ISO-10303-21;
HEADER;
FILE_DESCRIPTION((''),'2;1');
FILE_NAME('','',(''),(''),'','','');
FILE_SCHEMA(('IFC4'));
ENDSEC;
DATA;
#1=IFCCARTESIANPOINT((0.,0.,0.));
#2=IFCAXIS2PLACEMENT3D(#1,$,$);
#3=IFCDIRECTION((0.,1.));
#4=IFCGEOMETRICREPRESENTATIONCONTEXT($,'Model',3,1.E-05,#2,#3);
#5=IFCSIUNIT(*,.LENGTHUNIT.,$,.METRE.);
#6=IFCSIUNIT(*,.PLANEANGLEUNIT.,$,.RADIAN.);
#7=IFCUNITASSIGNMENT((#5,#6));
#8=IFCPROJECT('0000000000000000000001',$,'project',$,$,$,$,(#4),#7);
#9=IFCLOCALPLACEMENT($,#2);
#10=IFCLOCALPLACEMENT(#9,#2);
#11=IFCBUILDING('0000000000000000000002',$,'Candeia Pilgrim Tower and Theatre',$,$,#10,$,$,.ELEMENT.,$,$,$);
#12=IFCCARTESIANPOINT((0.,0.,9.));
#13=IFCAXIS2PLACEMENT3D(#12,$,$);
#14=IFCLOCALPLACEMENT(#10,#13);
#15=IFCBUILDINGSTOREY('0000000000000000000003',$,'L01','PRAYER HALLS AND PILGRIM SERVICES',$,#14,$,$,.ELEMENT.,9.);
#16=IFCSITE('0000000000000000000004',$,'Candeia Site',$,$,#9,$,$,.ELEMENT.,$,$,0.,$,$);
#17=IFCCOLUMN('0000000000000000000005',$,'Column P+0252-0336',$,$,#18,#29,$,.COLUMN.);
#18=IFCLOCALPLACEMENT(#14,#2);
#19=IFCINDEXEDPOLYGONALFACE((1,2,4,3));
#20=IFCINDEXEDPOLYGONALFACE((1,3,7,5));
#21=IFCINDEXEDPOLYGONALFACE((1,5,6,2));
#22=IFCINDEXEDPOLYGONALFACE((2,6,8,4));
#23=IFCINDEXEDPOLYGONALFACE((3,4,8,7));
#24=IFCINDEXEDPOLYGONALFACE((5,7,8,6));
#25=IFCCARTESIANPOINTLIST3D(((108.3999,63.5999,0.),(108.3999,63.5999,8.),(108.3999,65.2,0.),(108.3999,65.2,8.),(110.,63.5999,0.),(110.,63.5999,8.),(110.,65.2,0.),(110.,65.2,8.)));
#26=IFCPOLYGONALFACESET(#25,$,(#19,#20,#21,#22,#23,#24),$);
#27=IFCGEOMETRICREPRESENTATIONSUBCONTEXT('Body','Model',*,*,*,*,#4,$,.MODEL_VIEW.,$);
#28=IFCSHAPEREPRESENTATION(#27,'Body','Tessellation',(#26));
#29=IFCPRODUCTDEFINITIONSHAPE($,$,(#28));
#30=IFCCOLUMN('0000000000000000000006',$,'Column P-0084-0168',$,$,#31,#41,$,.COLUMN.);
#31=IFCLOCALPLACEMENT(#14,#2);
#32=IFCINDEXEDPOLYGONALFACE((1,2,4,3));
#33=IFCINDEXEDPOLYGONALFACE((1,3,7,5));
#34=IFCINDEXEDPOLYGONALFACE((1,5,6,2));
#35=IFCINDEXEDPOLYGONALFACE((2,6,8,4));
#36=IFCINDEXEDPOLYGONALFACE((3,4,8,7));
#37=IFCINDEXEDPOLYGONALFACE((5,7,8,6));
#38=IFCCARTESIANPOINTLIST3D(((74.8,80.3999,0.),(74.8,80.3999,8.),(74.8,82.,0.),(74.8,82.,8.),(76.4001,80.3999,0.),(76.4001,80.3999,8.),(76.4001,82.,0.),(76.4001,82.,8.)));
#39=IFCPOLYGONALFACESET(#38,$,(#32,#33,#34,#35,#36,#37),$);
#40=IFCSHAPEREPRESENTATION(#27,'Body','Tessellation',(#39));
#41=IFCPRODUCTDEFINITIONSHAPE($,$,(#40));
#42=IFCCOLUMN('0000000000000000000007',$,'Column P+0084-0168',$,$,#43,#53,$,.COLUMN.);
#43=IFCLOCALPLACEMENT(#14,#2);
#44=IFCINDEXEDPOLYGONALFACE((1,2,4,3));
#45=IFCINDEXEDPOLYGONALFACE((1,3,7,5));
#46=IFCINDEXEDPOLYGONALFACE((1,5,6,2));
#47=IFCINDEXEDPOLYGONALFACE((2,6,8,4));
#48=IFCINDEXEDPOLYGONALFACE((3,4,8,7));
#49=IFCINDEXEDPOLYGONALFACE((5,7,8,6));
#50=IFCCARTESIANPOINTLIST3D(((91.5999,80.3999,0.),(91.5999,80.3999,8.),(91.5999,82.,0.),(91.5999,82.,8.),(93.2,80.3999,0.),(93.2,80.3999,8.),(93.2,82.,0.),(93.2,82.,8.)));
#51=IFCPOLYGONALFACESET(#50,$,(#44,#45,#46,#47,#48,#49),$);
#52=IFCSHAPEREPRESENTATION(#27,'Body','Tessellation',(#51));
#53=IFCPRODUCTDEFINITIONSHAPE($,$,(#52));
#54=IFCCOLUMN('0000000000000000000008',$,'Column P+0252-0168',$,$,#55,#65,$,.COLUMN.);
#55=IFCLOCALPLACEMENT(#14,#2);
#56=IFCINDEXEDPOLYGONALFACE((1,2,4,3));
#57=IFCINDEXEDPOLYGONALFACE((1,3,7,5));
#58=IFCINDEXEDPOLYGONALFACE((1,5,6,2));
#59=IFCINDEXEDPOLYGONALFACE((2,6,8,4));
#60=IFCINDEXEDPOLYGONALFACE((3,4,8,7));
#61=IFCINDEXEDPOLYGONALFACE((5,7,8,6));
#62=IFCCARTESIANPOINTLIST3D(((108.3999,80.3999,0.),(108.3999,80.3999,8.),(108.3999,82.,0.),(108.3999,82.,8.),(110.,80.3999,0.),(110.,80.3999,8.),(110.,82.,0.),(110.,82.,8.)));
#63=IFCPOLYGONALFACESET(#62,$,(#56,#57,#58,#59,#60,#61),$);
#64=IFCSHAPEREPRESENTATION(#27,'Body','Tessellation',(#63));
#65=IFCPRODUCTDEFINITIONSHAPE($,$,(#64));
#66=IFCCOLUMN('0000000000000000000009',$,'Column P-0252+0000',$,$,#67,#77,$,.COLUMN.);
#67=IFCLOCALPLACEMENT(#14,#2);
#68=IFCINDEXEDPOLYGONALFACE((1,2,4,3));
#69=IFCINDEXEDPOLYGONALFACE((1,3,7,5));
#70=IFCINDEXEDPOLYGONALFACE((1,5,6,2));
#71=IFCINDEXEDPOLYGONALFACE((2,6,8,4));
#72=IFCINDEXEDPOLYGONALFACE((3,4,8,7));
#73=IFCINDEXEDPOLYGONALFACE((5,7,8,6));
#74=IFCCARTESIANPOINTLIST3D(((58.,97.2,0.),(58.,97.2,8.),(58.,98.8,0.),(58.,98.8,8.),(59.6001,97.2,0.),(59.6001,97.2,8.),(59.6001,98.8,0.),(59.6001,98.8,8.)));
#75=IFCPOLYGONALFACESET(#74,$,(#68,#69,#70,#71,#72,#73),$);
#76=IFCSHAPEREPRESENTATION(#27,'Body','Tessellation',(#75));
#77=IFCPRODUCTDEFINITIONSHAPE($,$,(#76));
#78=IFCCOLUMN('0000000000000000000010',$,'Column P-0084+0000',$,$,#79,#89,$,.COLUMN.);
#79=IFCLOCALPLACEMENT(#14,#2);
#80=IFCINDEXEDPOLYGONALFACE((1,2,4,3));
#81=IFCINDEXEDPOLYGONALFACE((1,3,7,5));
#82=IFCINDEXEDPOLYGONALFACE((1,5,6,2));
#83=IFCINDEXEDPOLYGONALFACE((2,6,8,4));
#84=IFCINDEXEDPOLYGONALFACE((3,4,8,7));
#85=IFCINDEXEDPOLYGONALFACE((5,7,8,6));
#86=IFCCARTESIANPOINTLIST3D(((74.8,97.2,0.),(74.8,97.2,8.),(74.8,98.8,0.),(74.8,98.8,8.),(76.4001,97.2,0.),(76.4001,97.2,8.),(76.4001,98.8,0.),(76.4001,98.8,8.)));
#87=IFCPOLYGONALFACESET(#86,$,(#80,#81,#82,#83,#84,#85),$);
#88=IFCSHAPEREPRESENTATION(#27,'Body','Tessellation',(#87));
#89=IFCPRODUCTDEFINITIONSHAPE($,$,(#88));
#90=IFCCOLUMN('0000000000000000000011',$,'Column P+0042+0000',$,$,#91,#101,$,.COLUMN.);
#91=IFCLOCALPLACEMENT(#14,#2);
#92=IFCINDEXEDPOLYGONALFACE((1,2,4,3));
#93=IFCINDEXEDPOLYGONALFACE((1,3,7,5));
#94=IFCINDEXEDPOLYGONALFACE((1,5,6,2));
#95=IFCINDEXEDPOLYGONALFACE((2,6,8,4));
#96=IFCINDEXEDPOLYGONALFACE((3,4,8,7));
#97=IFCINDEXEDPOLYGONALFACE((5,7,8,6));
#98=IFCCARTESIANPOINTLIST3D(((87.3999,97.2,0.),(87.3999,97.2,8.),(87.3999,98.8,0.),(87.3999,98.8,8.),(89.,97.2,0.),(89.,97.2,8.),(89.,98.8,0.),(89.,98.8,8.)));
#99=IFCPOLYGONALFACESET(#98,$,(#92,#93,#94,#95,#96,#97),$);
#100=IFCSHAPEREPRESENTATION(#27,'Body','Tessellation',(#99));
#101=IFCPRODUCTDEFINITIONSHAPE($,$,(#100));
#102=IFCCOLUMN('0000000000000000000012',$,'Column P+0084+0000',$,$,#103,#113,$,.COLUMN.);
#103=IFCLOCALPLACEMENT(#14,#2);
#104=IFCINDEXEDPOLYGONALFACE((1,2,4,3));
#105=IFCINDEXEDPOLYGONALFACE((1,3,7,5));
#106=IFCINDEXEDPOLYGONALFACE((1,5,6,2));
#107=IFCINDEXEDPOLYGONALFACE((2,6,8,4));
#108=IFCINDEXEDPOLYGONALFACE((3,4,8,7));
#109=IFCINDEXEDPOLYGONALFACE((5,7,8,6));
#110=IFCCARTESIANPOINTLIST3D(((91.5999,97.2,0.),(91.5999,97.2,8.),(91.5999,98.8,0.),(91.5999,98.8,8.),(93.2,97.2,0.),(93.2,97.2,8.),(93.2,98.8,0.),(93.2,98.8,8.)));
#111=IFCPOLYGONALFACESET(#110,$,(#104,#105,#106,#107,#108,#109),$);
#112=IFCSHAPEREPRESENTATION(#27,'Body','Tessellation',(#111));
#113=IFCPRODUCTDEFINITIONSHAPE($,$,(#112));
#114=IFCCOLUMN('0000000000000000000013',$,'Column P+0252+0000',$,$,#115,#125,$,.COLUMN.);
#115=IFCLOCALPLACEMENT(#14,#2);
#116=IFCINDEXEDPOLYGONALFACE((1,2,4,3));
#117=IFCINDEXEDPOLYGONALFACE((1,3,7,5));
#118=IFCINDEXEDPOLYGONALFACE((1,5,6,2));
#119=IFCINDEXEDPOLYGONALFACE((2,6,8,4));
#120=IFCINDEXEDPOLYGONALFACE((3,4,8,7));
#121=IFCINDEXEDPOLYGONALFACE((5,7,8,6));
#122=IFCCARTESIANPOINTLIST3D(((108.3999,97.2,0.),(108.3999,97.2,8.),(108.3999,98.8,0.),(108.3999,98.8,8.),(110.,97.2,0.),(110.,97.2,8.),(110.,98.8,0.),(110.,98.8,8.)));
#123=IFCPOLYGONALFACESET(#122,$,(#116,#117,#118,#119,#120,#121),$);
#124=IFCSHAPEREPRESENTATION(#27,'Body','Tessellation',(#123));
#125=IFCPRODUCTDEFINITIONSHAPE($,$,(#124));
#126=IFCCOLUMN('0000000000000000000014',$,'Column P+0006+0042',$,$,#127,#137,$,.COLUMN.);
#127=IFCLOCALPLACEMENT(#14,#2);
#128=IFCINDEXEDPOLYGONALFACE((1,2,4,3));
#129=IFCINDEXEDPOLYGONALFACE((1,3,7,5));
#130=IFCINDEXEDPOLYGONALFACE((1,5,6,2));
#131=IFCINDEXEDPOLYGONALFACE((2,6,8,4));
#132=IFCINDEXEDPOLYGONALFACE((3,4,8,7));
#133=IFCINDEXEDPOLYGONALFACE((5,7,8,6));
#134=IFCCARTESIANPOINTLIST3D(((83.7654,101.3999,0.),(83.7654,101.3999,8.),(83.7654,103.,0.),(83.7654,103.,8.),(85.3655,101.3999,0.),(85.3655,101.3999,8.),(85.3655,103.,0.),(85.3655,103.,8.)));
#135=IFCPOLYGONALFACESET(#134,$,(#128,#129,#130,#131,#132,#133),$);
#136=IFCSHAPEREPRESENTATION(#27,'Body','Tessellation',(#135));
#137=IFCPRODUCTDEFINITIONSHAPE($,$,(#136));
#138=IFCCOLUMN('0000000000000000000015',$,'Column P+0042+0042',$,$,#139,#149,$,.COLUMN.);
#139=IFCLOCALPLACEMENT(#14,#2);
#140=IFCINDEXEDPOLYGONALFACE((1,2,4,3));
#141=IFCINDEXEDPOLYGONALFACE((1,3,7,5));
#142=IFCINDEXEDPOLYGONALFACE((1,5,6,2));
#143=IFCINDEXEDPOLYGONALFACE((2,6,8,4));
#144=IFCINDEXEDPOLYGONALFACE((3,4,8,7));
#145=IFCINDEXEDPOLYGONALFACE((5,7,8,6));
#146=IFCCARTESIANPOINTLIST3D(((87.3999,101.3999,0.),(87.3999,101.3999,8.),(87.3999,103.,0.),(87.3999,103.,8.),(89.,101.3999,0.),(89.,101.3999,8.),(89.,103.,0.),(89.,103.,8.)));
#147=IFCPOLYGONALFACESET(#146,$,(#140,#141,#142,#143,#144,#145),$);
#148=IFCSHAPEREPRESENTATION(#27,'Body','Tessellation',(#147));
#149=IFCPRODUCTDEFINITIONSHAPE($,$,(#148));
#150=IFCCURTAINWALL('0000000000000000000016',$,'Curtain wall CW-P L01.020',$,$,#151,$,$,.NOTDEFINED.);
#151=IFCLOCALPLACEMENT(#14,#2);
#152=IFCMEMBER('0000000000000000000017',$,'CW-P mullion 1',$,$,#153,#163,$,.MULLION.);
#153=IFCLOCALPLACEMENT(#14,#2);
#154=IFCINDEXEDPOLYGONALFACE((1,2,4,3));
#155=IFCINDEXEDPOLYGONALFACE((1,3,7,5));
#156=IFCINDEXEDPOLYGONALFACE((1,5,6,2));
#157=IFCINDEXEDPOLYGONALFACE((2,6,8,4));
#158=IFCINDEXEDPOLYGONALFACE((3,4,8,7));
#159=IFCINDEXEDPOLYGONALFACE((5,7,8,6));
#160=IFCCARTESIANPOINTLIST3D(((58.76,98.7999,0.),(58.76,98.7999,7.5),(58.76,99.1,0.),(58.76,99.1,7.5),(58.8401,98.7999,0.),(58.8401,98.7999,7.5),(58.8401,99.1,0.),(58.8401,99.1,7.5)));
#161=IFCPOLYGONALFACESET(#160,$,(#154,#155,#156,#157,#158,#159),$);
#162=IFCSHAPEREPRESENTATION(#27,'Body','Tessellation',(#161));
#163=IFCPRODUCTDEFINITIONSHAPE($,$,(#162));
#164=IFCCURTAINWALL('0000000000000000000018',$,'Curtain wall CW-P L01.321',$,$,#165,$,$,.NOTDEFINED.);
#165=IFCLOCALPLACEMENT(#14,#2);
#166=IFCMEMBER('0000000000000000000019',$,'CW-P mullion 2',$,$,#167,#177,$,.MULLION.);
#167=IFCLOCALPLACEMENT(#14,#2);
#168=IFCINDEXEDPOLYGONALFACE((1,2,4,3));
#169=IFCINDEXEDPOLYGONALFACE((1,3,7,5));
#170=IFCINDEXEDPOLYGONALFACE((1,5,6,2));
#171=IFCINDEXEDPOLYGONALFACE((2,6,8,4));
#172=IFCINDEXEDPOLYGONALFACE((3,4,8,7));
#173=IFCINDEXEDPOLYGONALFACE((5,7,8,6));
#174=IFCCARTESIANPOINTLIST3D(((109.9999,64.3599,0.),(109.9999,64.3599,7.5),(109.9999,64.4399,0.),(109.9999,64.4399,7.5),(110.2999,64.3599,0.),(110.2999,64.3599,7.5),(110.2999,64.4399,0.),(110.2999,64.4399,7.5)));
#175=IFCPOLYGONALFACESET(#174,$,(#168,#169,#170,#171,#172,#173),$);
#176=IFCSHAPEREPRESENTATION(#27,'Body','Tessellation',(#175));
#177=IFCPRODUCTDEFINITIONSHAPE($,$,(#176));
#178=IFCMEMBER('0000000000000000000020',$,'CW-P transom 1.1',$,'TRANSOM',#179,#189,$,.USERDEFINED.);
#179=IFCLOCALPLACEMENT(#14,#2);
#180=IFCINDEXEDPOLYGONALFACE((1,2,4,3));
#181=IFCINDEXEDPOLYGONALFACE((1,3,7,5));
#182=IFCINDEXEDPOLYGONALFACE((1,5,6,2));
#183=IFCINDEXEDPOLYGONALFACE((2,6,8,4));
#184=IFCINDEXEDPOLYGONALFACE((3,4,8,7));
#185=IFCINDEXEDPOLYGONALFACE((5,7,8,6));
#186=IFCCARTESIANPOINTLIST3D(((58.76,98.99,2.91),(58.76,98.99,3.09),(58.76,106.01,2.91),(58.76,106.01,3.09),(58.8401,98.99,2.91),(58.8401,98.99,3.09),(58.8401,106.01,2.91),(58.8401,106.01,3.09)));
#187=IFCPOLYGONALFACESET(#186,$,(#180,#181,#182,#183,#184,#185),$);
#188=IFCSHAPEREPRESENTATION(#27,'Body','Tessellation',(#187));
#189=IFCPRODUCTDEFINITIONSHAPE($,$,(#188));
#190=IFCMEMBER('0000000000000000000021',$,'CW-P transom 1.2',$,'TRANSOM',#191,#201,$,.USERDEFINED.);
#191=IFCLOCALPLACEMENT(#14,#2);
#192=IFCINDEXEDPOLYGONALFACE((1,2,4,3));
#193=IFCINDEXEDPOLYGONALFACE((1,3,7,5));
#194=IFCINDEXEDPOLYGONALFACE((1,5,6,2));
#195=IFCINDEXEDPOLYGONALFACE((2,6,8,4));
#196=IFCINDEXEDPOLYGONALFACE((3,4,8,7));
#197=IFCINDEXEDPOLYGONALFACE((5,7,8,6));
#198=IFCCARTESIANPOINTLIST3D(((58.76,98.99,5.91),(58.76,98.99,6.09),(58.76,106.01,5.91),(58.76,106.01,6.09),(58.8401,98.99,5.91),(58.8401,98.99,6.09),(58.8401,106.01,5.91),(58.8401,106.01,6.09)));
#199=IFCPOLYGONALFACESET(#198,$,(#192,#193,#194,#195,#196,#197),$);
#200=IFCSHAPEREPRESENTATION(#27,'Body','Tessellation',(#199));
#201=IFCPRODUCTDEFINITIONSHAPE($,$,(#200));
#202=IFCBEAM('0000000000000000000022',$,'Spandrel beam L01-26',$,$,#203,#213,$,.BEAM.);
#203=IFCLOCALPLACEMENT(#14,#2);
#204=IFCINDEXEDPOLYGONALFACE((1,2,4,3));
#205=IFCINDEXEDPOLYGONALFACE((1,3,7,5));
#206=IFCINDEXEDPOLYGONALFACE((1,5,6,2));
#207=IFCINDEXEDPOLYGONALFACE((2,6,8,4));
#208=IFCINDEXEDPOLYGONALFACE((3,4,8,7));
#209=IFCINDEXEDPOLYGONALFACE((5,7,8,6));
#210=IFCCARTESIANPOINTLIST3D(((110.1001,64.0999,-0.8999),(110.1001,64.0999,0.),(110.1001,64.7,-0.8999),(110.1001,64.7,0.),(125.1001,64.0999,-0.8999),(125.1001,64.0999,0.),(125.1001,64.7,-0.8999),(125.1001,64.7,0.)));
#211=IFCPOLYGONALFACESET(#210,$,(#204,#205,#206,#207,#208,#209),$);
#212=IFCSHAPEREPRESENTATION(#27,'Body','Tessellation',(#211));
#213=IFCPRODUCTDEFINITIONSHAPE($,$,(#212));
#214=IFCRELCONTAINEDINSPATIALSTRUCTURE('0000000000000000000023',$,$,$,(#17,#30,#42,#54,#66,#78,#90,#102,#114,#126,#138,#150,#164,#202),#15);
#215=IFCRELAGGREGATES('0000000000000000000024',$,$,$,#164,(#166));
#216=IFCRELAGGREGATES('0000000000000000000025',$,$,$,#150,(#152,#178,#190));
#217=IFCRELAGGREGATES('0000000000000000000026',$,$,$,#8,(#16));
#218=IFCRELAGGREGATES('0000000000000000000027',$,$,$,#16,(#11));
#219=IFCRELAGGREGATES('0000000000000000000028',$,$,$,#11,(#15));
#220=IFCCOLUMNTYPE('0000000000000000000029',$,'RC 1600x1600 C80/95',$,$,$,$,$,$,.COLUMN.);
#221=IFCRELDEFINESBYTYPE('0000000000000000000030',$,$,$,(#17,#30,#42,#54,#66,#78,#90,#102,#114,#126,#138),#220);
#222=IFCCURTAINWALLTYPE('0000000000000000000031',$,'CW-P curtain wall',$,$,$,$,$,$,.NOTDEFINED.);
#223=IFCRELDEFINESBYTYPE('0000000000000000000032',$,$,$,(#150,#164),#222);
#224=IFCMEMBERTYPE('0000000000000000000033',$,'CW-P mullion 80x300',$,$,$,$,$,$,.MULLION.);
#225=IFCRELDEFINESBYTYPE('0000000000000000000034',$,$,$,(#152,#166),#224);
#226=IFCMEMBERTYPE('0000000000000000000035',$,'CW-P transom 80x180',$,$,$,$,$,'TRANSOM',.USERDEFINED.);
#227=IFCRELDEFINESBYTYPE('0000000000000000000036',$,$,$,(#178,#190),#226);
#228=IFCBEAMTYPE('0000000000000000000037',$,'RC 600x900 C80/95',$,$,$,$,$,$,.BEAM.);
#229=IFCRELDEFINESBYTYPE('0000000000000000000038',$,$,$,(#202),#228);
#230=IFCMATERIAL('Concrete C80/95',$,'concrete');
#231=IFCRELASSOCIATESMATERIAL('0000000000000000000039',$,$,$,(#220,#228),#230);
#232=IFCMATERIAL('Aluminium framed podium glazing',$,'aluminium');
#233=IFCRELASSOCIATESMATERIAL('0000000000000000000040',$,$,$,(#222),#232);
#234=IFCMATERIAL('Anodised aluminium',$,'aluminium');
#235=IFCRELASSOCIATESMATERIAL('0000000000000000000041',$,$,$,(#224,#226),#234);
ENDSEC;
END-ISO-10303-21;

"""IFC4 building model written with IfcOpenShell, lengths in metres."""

from ifc_helpers import new_model, si_unit, direction, frame, origin, origin_2d, place, context, subcontext, project, spatial, rectangle, extrude, material, material_profile, profile_set, type_object, element, aggregate, save


model = new_model("IFC4")

# Units and contexts
model_context = context("Model", 3, precision=1e-05, world=origin(), true_north=direction((0.0, 1.0)))
body_context = subcontext(model_context, "Body", "Model", "MODEL_VIEW")
ifc_project = project(units=[si_unit("LENGTHUNIT", "METRE"), si_unit("PLANEANGLEUNIT", "RADIAN")], contexts=[model_context])

# Site, building, storey
site_placement = place(None, origin())
site = spatial("IfcSite", under=ifc_project, at=site_placement, Name="Candeia Site", CompositionType="ELEMENT", RefElevation=0.0)
building_placement = place(site_placement, origin())
building = spatial("IfcBuilding", under=site, at=building_placement, Name="Candeia Pilgrim Tower and Theatre", CompositionType="ELEMENT")
storey_placement = place(building_placement, frame((0.0, 0.0, 9.0)))
storey = spatial("IfcBuildingStorey", under=building, at=storey_placement, Name="L01", Description="PRAYER HALLS AND PILGRIM SERVICES", CompositionType="ELEMENT", Elevation=9.0)

# Columns
ifc_material_1 = material(Name="Concrete C80/95", Category="concrete")
ifc_material_profile_1 = material_profile(ifc_material_1, rectangle(XDim=1.6001, YDim=1.6001, at=origin_2d()))
ifc_profile_set_1 = profile_set([ifc_material_profile_1], Name="Concrete C80/95")
column_type = type_object("IfcColumnType", Name="RC 1600x1600 C80/95", PredefinedType="COLUMN", material=ifc_profile_set_1)
for number, where, z_axis, x_axis, name in (
    (1, (109.2, 64.3999, 0.0), (0.0, 0.0, 1.0), (1.0, 0.0, 0.0), "Column P+0252-0336"),
    (2, (75.6001, 81.2, 0.0), (0.0, 0.0, 1.0), (1.0, 0.0, 0.0), "Column P-0084-0168"),
    (3, (92.3999, 81.2, 0.0), (0.0, 0.0, 1.0), (1.0, 0.0, 0.0), "Column P+0084-0168"),
    (4, (109.2, 81.2, 0.0), (0.0, 0.0, 1.0), (1.0, 0.0, 0.0), "Column P+0252-0168"),
    (5, (58.8, 98.0, 0.0), (0.0, 0.0, 1.0), (1.0, 0.0, 0.0), "Column P-0252+0000"),
    (6, (75.6001, 98.0, 0.0), (0.0, 0.0, 1.0), (1.0, 0.0, 0.0), "Column P-0084+0000"),
    (7, (88.2, 98.0, 0.0), (0.0, 0.0, 1.0), (1.0, 0.0, 0.0), "Column P+0042+0000"),
    (8, (92.3999, 98.0, 0.0), (0.0, 0.0, 1.0), (1.0, 0.0, 0.0), "Column P+0084+0000"),
    (9, (109.2, 98.0, 0.0), (0.0, 0.0, 1.0), (1.0, 0.0, 0.0), "Column P+0252+0000"),
    (10, (84.5654, 102.2, 0.0), (0.0, 0.0, 1.0), (1.0, 0.0, 0.0), "Column P+0006+0042"),
    (11, (88.2, 102.2, 0.0), (0.0, 0.0, 1.0), (1.0, 0.0, 0.0), "Column P+0042+0042"),
):
    element("IfcColumn", number, at=place(storey_placement, frame(where, z_axis=z_axis, x_axis=x_axis)), inside=storey, type_object=column_type, Name=name, PredefinedType="COLUMN", context=body_context, shape_type="SweptSolid", body=[
        extrude(rectangle(XDim=1.6001, YDim=1.6001, at=origin_2d()), origin(), (0.0, 0.0, 1.0), 8.0),
    ])

# Curtain walls, members
ifc_material_2 = material(Name="Aluminium framed podium glazing", Category="aluminium")
curtain_wall_type = type_object("IfcCurtainWallType", Name="CW-P curtain wall", PredefinedType="NOTDEFINED", material=ifc_material_2)
curtain_wall_1_placement = place(storey_placement, origin())
curtain_wall_1 = element("IfcCurtainWall", 12, at=curtain_wall_1_placement, inside=storey, type_object=curtain_wall_type, Name="Curtain wall CW-P L01.020", PredefinedType="NOTDEFINED")
ifc_material_3 = material(Name="Anodised aluminium", Category="aluminium")
ifc_material_profile_2 = material_profile(ifc_material_3, rectangle(XDim=0.0801, YDim=0.3, at=origin_2d()))
ifc_profile_set_2 = profile_set([ifc_material_profile_2], Name="Anodised aluminium")
member_type_1 = type_object("IfcMemberType", Name="CW-P mullion 80x300", PredefinedType="MULLION", material=ifc_profile_set_2)
member_1_placement = place(storey_placement, frame((58.8, 98.95, 0.0), z_axis=(0.0, 0.0, 1.0), x_axis=(-1.0, 0.0, 0.0)))
member_1 = element("IfcMember", 13, at=member_1_placement, type_object=member_type_1, Name="CW-P mullion 1", PredefinedType="MULLION", context=body_context, shape_type="SweptSolid", body=[
    extrude(rectangle(XDim=0.0801, YDim=0.3, at=origin_2d()), origin(), (0.0, 0.0, 1.0), 7.5),
])
curtain_wall_2_placement = place(storey_placement, origin())
curtain_wall_2 = element("IfcCurtainWall", 14, at=curtain_wall_2_placement, inside=storey, type_object=curtain_wall_type, Name="Curtain wall CW-P L01.321", PredefinedType="NOTDEFINED")
member_2_placement = place(storey_placement, frame((110.1499, 64.3999, 0.0), z_axis=(0.0, 0.0, 1.0), x_axis=(0.0, -1.0, 0.0)))
member_2 = element("IfcMember", 15, at=member_2_placement, type_object=member_type_1, Name="CW-P mullion 2", PredefinedType="MULLION", context=body_context, shape_type="SweptSolid", body=[
    extrude(rectangle(XDim=0.0801, YDim=0.3, at=origin_2d()), origin(), (0.0, 0.0, 1.0), 7.5),
])
aggregate(curtain_wall_2, [member_2])

# Members
ifc_material_profile_3 = material_profile(ifc_material_3, rectangle(XDim=0.0801, YDim=0.1799, at=origin_2d()))
ifc_profile_set_3 = profile_set([ifc_material_profile_3], Name="Anodised aluminium")
member_type_2 = type_object("IfcMemberType", Name="CW-P transom 80x180", ElementType="TRANSOM", PredefinedType="USERDEFINED", material=ifc_profile_set_3)
member_3_placement = place(storey_placement, frame((58.8, 98.99, 3.0), z_axis=(0.0, 1.0, 0.0), x_axis=(-1.0, 0.0, 0.0)))
member_3 = element("IfcMember", 16, at=member_3_placement, type_object=member_type_2, Name="CW-P transom 1.1", ObjectType="TRANSOM", PredefinedType="USERDEFINED", context=body_context, shape_type="SweptSolid", body=[
    extrude(rectangle(XDim=0.0801, YDim=0.1799, at=origin_2d()), origin(), (0.0, 0.0, 1.0), 7.02),
])
member_4_placement = place(storey_placement, frame((58.8, 98.99, 6.0), z_axis=(0.0, 1.0, 0.0), x_axis=(-1.0, 0.0, 0.0)))
member_4 = element("IfcMember", 17, at=member_4_placement, type_object=member_type_2, Name="CW-P transom 1.2", ObjectType="TRANSOM", PredefinedType="USERDEFINED", context=body_context, shape_type="SweptSolid", body=[
    extrude(rectangle(XDim=0.0801, YDim=0.1799, at=origin_2d()), origin(), (0.0, 0.0, 1.0), 7.02),
])
aggregate(curtain_wall_1, [member_1, member_3, member_4])

# Beam
ifc_material_profile_4 = material_profile(ifc_material_1, rectangle(XDim=0.6001, YDim=0.8999, at=origin_2d()))
ifc_profile_set_4 = profile_set([ifc_material_profile_4], Name="Concrete C80/95")
beam_type = type_object("IfcBeamType", Name="RC 600x900 C80/95", PredefinedType="BEAM", material=ifc_profile_set_4)
beam_placement = place(storey_placement, frame((110.1001, 64.3999, -0.45), z_axis=(1.0, 0.0, 0.0), x_axis=(0.0, 1.0, 0.0)))
element("IfcBeam", 18, at=beam_placement, inside=storey, type_object=beam_type, Name="Spandrel beam L01-26", PredefinedType="BEAM", context=body_context, shape_type="SweptSolid", body=[
    extrude(rectangle(XDim=0.6001, YDim=0.8999, at=origin_2d()), origin(), (0.0, 0.0, 1.0), 15.0),
])

save(model, "model.ifc")
